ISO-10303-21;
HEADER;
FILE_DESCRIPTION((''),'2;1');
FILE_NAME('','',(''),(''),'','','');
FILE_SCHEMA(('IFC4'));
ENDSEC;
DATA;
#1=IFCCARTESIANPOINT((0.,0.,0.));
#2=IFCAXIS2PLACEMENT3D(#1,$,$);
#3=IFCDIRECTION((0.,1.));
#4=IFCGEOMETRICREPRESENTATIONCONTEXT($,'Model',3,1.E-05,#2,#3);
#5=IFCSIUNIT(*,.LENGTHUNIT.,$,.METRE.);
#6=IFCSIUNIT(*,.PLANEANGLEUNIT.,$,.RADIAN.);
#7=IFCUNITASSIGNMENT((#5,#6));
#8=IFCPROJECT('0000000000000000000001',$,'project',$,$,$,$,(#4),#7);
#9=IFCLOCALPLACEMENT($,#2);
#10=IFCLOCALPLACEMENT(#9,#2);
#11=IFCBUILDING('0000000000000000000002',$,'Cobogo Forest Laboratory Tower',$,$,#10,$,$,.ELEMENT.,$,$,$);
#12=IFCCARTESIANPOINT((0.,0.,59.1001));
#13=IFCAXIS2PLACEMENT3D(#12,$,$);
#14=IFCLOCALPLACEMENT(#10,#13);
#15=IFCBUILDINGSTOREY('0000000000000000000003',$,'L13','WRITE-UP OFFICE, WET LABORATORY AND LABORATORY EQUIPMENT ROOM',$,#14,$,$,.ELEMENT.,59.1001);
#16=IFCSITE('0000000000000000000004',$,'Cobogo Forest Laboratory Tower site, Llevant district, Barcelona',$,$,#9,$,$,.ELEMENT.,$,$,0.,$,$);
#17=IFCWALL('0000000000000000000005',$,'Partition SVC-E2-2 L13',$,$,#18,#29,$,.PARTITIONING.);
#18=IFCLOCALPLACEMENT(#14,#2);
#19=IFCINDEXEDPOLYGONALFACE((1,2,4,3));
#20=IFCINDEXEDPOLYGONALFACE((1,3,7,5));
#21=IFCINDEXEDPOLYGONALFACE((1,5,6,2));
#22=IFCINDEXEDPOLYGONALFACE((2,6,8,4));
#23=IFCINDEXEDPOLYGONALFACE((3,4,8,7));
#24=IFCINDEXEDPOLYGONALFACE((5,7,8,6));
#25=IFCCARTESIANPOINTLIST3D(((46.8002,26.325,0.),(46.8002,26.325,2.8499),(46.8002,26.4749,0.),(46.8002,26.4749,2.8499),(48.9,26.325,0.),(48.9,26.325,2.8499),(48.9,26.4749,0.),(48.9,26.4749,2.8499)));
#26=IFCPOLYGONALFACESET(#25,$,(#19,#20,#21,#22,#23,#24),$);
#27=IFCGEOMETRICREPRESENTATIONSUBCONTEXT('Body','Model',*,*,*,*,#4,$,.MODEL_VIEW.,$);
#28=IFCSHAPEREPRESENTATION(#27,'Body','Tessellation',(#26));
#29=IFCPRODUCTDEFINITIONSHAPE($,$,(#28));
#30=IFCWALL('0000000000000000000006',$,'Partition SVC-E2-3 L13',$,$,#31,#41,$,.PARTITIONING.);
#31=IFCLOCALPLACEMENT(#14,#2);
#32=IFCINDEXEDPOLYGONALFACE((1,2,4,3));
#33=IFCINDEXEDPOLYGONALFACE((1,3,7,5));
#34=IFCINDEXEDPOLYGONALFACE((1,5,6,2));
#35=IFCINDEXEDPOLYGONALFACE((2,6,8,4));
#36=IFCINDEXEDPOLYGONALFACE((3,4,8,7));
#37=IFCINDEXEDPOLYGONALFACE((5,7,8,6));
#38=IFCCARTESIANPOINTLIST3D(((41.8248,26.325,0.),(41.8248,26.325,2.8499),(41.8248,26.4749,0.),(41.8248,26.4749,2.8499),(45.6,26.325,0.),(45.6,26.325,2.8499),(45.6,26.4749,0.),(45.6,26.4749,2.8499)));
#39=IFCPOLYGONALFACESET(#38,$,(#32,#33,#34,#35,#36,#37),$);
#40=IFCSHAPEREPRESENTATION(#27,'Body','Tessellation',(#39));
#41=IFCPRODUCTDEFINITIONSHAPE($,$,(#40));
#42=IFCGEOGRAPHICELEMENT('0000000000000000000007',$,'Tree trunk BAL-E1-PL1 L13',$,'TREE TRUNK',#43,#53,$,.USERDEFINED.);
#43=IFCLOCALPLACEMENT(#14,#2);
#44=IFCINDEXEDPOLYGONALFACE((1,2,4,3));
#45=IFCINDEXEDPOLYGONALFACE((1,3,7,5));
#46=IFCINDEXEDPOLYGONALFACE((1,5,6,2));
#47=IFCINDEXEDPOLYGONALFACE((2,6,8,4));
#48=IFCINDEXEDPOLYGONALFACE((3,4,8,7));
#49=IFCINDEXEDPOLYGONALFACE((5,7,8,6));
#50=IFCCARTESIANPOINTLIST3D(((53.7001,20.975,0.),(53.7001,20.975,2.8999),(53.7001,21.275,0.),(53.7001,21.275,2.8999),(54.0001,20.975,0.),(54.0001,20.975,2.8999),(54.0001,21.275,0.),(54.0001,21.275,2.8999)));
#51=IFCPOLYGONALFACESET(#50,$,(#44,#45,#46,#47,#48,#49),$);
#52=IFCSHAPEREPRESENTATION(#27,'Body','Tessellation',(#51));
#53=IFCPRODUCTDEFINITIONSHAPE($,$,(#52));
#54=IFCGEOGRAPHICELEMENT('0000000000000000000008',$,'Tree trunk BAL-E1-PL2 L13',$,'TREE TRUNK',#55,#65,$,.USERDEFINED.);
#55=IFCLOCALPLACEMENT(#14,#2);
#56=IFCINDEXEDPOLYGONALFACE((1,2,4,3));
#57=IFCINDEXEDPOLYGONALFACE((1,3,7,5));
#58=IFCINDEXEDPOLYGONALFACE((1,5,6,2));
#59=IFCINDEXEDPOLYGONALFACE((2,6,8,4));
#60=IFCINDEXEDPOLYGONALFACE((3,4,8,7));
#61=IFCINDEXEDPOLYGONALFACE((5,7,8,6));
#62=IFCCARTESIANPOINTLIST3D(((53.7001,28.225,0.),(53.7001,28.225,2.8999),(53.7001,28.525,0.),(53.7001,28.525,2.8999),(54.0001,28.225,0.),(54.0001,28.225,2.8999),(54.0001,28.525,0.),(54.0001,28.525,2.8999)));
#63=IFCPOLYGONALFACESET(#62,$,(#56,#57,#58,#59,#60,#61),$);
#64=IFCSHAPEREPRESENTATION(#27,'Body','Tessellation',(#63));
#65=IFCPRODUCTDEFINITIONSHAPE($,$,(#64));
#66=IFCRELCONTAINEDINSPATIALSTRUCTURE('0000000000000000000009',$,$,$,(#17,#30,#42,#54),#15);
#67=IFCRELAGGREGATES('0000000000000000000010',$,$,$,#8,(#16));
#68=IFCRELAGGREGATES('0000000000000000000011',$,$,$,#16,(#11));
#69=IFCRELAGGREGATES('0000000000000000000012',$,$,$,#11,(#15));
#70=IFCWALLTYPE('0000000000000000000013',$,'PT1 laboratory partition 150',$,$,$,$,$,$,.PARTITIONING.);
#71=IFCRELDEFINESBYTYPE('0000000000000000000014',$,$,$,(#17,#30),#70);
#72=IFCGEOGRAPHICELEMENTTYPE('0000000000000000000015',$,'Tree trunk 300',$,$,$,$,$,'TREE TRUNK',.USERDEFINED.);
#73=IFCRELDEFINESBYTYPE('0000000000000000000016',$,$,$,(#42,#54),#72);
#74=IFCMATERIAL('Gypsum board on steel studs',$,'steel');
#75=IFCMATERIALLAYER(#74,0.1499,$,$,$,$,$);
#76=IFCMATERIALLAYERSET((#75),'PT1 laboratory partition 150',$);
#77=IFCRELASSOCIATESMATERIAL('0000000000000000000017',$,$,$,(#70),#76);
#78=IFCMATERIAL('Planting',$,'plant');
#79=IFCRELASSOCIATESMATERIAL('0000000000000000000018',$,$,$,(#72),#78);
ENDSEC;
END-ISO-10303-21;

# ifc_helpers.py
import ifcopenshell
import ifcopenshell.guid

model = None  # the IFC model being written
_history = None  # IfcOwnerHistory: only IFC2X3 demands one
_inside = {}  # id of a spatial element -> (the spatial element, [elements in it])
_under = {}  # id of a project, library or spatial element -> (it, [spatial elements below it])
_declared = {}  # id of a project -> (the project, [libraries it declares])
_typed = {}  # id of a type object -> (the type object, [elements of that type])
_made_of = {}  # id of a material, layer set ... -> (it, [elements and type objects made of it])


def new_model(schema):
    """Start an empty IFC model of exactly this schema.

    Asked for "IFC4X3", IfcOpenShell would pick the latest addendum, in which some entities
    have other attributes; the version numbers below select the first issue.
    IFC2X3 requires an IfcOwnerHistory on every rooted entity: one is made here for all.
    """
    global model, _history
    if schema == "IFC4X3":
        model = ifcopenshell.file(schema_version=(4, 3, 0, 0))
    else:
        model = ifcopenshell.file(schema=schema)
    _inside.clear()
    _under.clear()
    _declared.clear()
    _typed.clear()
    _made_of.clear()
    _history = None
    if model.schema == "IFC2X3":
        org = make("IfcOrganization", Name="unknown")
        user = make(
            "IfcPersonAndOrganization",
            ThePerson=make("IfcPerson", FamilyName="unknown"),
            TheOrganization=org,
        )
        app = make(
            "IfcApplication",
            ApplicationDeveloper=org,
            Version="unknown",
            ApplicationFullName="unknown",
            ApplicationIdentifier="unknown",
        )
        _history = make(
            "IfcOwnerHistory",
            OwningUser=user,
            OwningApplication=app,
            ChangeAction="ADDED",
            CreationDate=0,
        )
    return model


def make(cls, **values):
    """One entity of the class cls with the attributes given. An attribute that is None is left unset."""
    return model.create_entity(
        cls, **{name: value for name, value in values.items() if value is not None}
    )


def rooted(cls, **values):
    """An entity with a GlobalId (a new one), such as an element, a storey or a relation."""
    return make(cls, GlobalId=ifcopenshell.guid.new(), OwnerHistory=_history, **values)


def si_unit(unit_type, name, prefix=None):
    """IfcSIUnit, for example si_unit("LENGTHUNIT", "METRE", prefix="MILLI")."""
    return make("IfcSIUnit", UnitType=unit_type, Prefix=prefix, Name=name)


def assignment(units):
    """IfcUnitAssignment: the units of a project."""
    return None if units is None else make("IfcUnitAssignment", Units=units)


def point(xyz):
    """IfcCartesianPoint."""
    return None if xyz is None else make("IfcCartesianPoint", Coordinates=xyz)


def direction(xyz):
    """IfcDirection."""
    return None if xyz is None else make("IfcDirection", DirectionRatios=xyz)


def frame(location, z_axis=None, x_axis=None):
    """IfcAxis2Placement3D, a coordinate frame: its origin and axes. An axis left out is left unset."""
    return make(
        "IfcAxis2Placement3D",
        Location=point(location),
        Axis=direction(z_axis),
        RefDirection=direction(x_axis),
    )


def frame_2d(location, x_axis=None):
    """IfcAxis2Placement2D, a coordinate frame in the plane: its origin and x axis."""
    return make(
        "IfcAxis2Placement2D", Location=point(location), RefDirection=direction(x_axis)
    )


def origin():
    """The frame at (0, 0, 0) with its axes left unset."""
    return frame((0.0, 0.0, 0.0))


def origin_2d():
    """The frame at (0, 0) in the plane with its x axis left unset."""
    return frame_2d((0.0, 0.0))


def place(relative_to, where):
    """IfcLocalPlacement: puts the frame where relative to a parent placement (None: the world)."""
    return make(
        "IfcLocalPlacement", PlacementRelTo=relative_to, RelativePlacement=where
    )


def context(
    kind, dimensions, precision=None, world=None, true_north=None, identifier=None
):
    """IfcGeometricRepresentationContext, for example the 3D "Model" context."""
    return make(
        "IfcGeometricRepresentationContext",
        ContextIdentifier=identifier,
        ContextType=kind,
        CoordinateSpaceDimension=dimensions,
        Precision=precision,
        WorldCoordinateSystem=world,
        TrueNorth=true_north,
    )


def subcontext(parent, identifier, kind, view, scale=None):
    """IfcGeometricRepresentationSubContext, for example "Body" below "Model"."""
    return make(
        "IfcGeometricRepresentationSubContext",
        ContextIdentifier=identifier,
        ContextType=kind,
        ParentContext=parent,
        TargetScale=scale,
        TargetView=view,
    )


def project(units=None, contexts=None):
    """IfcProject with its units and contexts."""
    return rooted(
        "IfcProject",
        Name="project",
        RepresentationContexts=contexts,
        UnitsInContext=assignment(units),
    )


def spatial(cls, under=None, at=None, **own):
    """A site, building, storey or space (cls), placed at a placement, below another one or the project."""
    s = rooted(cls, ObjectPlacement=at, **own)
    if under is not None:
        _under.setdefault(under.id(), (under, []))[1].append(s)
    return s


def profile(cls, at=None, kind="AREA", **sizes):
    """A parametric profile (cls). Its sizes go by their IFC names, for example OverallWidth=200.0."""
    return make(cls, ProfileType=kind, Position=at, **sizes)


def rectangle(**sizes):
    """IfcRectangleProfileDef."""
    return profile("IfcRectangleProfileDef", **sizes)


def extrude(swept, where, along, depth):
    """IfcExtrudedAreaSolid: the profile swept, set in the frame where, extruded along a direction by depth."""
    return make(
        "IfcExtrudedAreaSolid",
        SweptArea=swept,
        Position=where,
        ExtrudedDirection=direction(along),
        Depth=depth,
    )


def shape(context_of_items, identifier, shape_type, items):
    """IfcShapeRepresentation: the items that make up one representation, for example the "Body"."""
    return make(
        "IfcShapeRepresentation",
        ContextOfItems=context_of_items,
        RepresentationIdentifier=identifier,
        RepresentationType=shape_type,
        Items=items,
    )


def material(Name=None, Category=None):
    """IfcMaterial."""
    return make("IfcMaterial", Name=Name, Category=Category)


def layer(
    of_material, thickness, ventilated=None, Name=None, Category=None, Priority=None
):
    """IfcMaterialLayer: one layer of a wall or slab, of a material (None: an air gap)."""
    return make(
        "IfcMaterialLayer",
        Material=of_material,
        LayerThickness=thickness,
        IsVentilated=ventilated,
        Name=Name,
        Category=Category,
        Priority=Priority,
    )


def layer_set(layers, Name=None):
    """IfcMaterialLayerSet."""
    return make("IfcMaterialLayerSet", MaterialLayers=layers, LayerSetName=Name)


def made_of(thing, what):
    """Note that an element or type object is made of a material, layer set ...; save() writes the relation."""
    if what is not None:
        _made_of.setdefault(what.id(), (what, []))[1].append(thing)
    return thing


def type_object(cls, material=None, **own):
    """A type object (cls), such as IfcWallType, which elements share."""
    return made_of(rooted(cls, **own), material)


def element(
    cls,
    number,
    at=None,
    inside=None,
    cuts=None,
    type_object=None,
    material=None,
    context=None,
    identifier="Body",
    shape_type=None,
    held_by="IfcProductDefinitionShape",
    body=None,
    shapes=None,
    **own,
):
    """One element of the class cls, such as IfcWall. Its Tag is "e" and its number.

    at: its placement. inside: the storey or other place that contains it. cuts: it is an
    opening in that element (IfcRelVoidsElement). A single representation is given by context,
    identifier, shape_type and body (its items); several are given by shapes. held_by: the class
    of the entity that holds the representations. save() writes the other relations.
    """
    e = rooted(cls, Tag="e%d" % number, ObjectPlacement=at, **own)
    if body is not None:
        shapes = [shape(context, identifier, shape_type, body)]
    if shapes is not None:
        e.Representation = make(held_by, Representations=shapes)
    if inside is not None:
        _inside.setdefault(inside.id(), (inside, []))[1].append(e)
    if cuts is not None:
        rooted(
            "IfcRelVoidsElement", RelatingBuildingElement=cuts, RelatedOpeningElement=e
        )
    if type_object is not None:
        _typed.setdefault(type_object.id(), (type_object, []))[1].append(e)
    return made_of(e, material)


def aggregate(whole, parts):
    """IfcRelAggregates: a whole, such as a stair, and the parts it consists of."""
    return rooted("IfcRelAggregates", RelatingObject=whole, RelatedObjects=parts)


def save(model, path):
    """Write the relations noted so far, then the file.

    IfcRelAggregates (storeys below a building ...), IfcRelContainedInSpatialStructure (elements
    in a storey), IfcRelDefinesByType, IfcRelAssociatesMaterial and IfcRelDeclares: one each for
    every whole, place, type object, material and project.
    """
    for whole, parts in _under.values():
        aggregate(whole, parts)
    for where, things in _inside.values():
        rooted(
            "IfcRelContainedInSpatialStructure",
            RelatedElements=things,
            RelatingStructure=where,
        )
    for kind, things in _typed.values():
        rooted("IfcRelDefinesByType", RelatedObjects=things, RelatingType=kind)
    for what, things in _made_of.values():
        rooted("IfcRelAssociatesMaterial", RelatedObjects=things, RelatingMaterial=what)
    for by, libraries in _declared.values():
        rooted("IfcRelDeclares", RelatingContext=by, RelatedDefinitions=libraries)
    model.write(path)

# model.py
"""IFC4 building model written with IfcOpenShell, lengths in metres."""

from ifc_helpers import new_model, si_unit, direction, frame, frame_2d, origin, origin_2d, place, context, subcontext, project, spatial, rectangle, extrude, material, layer, layer_set, type_object, element, save


model = new_model("IFC4")

# Units and contexts
model_context = context("Model", 3, precision=1e-05, world=origin(), true_north=direction((0.0, 1.0)))
body_context = subcontext(model_context, "Body", "Model", "MODEL_VIEW")
ifc_project = project(units=[si_unit("LENGTHUNIT", "METRE"), si_unit("PLANEANGLEUNIT", "RADIAN")], contexts=[model_context])

# Site, building, storey
site_placement = place(None, origin())
site = spatial("IfcSite", under=ifc_project, at=site_placement, Name="Cobogo Forest Laboratory Tower site, Llevant district, Barcelona", CompositionType="ELEMENT", RefElevation=0.0)
building_placement = place(site_placement, origin())
building = spatial("IfcBuilding", under=site, at=building_placement, Name="Cobogo Forest Laboratory Tower", CompositionType="ELEMENT")
storey_placement = place(building_placement, frame((0.0, 0.0, 59.1001)))
storey = spatial("IfcBuildingStorey", under=building, at=storey_placement, Name="L13", Description="WRITE-UP OFFICE, WET LABORATORY AND LABORATORY EQUIPMENT ROOM", CompositionType="ELEMENT", Elevation=59.1001)

# Shared definitions
ifc_material_1 = material(Name="Gypsum board on steel studs", Category="steel")
ifc_layer_1 = layer(ifc_material_1, 0.1499)
ifc_layer_set_1 = layer_set([ifc_layer_1], Name="PT1 laboratory partition 150")
wall_type_1 = type_object("IfcWallType", Name="PT1 laboratory partition 150", PredefinedType="PARTITIONING", material=ifc_layer_set_1)

# Walls
for number, where, z_axis, x_axis, name in (
    (1, (48.8999, 26.3999, 0.0), (0.0, 0.0, 1.0), (-1.0, 0.0, 0.0), "Partition SVC-E2-2 L13"),
):
    element("IfcWall", number, at=place(storey_placement, frame(where, z_axis=z_axis, x_axis=x_axis)), inside=storey, type_object=wall_type_1, Name=name, PredefinedType="PARTITIONING", context=body_context, shape_type="SweptSolid", body=[
        extrude(rectangle(XDim=2.0999, YDim=0.1499, at=frame_2d((1.0498, 0.0))), origin(), (0.0, 0.0, 1.0), 2.8499),
    ])
wall_1_placement = place(storey_placement, frame((45.6001, 26.3999, 0.0), z_axis=(0.0, 0.0, 1.0), x_axis=(-1.0, 0.0, 0.0)))
element("IfcWall", 2, at=wall_1_placement, inside=storey, type_object=wall_type_1, Name="Partition SVC-E2-3 L13", PredefinedType="PARTITIONING", context=body_context, shape_type="SweptSolid", body=[
    extrude(rectangle(XDim=3.7751, YDim=0.1499, at=frame_2d((1.8877, 0.0))), origin(), (0.0, 0.0, 1.0), 2.8499),
])

# Geographic elements
ifc_material_2 = material(Name="Planting", Category="plant")
geographic_element_type = type_object("IfcGeographicElementType", Name="Tree trunk 300", ElementType="TREE TRUNK", PredefinedType="USERDEFINED", material=ifc_material_2)
for number, where, z_axis, x_axis, name in (
    (3, (53.8501, 21.125, 0.0), (0.0, 0.0, 1.0), (1.0, 0.0, 0.0), "Tree trunk BAL-E1-PL1 L13"),
    (4, (53.8501, 28.375, 0.0), (0.0, 0.0, 1.0), (1.0, 0.0, 0.0), "Tree trunk BAL-E1-PL2 L13"),
):
    element("IfcGeographicElement", number, at=place(storey_placement, frame(where, z_axis=z_axis, x_axis=x_axis)), inside=storey, type_object=geographic_element_type, Name=name, ObjectType="TREE TRUNK", PredefinedType="USERDEFINED", context=body_context, shape_type="SweptSolid", body=[
        extrude(rectangle(XDim=0.3, YDim=0.3, at=origin_2d()), origin(), (0.0, 0.0, 1.0), 2.8999),
    ])

save(model, "model.ifc")
